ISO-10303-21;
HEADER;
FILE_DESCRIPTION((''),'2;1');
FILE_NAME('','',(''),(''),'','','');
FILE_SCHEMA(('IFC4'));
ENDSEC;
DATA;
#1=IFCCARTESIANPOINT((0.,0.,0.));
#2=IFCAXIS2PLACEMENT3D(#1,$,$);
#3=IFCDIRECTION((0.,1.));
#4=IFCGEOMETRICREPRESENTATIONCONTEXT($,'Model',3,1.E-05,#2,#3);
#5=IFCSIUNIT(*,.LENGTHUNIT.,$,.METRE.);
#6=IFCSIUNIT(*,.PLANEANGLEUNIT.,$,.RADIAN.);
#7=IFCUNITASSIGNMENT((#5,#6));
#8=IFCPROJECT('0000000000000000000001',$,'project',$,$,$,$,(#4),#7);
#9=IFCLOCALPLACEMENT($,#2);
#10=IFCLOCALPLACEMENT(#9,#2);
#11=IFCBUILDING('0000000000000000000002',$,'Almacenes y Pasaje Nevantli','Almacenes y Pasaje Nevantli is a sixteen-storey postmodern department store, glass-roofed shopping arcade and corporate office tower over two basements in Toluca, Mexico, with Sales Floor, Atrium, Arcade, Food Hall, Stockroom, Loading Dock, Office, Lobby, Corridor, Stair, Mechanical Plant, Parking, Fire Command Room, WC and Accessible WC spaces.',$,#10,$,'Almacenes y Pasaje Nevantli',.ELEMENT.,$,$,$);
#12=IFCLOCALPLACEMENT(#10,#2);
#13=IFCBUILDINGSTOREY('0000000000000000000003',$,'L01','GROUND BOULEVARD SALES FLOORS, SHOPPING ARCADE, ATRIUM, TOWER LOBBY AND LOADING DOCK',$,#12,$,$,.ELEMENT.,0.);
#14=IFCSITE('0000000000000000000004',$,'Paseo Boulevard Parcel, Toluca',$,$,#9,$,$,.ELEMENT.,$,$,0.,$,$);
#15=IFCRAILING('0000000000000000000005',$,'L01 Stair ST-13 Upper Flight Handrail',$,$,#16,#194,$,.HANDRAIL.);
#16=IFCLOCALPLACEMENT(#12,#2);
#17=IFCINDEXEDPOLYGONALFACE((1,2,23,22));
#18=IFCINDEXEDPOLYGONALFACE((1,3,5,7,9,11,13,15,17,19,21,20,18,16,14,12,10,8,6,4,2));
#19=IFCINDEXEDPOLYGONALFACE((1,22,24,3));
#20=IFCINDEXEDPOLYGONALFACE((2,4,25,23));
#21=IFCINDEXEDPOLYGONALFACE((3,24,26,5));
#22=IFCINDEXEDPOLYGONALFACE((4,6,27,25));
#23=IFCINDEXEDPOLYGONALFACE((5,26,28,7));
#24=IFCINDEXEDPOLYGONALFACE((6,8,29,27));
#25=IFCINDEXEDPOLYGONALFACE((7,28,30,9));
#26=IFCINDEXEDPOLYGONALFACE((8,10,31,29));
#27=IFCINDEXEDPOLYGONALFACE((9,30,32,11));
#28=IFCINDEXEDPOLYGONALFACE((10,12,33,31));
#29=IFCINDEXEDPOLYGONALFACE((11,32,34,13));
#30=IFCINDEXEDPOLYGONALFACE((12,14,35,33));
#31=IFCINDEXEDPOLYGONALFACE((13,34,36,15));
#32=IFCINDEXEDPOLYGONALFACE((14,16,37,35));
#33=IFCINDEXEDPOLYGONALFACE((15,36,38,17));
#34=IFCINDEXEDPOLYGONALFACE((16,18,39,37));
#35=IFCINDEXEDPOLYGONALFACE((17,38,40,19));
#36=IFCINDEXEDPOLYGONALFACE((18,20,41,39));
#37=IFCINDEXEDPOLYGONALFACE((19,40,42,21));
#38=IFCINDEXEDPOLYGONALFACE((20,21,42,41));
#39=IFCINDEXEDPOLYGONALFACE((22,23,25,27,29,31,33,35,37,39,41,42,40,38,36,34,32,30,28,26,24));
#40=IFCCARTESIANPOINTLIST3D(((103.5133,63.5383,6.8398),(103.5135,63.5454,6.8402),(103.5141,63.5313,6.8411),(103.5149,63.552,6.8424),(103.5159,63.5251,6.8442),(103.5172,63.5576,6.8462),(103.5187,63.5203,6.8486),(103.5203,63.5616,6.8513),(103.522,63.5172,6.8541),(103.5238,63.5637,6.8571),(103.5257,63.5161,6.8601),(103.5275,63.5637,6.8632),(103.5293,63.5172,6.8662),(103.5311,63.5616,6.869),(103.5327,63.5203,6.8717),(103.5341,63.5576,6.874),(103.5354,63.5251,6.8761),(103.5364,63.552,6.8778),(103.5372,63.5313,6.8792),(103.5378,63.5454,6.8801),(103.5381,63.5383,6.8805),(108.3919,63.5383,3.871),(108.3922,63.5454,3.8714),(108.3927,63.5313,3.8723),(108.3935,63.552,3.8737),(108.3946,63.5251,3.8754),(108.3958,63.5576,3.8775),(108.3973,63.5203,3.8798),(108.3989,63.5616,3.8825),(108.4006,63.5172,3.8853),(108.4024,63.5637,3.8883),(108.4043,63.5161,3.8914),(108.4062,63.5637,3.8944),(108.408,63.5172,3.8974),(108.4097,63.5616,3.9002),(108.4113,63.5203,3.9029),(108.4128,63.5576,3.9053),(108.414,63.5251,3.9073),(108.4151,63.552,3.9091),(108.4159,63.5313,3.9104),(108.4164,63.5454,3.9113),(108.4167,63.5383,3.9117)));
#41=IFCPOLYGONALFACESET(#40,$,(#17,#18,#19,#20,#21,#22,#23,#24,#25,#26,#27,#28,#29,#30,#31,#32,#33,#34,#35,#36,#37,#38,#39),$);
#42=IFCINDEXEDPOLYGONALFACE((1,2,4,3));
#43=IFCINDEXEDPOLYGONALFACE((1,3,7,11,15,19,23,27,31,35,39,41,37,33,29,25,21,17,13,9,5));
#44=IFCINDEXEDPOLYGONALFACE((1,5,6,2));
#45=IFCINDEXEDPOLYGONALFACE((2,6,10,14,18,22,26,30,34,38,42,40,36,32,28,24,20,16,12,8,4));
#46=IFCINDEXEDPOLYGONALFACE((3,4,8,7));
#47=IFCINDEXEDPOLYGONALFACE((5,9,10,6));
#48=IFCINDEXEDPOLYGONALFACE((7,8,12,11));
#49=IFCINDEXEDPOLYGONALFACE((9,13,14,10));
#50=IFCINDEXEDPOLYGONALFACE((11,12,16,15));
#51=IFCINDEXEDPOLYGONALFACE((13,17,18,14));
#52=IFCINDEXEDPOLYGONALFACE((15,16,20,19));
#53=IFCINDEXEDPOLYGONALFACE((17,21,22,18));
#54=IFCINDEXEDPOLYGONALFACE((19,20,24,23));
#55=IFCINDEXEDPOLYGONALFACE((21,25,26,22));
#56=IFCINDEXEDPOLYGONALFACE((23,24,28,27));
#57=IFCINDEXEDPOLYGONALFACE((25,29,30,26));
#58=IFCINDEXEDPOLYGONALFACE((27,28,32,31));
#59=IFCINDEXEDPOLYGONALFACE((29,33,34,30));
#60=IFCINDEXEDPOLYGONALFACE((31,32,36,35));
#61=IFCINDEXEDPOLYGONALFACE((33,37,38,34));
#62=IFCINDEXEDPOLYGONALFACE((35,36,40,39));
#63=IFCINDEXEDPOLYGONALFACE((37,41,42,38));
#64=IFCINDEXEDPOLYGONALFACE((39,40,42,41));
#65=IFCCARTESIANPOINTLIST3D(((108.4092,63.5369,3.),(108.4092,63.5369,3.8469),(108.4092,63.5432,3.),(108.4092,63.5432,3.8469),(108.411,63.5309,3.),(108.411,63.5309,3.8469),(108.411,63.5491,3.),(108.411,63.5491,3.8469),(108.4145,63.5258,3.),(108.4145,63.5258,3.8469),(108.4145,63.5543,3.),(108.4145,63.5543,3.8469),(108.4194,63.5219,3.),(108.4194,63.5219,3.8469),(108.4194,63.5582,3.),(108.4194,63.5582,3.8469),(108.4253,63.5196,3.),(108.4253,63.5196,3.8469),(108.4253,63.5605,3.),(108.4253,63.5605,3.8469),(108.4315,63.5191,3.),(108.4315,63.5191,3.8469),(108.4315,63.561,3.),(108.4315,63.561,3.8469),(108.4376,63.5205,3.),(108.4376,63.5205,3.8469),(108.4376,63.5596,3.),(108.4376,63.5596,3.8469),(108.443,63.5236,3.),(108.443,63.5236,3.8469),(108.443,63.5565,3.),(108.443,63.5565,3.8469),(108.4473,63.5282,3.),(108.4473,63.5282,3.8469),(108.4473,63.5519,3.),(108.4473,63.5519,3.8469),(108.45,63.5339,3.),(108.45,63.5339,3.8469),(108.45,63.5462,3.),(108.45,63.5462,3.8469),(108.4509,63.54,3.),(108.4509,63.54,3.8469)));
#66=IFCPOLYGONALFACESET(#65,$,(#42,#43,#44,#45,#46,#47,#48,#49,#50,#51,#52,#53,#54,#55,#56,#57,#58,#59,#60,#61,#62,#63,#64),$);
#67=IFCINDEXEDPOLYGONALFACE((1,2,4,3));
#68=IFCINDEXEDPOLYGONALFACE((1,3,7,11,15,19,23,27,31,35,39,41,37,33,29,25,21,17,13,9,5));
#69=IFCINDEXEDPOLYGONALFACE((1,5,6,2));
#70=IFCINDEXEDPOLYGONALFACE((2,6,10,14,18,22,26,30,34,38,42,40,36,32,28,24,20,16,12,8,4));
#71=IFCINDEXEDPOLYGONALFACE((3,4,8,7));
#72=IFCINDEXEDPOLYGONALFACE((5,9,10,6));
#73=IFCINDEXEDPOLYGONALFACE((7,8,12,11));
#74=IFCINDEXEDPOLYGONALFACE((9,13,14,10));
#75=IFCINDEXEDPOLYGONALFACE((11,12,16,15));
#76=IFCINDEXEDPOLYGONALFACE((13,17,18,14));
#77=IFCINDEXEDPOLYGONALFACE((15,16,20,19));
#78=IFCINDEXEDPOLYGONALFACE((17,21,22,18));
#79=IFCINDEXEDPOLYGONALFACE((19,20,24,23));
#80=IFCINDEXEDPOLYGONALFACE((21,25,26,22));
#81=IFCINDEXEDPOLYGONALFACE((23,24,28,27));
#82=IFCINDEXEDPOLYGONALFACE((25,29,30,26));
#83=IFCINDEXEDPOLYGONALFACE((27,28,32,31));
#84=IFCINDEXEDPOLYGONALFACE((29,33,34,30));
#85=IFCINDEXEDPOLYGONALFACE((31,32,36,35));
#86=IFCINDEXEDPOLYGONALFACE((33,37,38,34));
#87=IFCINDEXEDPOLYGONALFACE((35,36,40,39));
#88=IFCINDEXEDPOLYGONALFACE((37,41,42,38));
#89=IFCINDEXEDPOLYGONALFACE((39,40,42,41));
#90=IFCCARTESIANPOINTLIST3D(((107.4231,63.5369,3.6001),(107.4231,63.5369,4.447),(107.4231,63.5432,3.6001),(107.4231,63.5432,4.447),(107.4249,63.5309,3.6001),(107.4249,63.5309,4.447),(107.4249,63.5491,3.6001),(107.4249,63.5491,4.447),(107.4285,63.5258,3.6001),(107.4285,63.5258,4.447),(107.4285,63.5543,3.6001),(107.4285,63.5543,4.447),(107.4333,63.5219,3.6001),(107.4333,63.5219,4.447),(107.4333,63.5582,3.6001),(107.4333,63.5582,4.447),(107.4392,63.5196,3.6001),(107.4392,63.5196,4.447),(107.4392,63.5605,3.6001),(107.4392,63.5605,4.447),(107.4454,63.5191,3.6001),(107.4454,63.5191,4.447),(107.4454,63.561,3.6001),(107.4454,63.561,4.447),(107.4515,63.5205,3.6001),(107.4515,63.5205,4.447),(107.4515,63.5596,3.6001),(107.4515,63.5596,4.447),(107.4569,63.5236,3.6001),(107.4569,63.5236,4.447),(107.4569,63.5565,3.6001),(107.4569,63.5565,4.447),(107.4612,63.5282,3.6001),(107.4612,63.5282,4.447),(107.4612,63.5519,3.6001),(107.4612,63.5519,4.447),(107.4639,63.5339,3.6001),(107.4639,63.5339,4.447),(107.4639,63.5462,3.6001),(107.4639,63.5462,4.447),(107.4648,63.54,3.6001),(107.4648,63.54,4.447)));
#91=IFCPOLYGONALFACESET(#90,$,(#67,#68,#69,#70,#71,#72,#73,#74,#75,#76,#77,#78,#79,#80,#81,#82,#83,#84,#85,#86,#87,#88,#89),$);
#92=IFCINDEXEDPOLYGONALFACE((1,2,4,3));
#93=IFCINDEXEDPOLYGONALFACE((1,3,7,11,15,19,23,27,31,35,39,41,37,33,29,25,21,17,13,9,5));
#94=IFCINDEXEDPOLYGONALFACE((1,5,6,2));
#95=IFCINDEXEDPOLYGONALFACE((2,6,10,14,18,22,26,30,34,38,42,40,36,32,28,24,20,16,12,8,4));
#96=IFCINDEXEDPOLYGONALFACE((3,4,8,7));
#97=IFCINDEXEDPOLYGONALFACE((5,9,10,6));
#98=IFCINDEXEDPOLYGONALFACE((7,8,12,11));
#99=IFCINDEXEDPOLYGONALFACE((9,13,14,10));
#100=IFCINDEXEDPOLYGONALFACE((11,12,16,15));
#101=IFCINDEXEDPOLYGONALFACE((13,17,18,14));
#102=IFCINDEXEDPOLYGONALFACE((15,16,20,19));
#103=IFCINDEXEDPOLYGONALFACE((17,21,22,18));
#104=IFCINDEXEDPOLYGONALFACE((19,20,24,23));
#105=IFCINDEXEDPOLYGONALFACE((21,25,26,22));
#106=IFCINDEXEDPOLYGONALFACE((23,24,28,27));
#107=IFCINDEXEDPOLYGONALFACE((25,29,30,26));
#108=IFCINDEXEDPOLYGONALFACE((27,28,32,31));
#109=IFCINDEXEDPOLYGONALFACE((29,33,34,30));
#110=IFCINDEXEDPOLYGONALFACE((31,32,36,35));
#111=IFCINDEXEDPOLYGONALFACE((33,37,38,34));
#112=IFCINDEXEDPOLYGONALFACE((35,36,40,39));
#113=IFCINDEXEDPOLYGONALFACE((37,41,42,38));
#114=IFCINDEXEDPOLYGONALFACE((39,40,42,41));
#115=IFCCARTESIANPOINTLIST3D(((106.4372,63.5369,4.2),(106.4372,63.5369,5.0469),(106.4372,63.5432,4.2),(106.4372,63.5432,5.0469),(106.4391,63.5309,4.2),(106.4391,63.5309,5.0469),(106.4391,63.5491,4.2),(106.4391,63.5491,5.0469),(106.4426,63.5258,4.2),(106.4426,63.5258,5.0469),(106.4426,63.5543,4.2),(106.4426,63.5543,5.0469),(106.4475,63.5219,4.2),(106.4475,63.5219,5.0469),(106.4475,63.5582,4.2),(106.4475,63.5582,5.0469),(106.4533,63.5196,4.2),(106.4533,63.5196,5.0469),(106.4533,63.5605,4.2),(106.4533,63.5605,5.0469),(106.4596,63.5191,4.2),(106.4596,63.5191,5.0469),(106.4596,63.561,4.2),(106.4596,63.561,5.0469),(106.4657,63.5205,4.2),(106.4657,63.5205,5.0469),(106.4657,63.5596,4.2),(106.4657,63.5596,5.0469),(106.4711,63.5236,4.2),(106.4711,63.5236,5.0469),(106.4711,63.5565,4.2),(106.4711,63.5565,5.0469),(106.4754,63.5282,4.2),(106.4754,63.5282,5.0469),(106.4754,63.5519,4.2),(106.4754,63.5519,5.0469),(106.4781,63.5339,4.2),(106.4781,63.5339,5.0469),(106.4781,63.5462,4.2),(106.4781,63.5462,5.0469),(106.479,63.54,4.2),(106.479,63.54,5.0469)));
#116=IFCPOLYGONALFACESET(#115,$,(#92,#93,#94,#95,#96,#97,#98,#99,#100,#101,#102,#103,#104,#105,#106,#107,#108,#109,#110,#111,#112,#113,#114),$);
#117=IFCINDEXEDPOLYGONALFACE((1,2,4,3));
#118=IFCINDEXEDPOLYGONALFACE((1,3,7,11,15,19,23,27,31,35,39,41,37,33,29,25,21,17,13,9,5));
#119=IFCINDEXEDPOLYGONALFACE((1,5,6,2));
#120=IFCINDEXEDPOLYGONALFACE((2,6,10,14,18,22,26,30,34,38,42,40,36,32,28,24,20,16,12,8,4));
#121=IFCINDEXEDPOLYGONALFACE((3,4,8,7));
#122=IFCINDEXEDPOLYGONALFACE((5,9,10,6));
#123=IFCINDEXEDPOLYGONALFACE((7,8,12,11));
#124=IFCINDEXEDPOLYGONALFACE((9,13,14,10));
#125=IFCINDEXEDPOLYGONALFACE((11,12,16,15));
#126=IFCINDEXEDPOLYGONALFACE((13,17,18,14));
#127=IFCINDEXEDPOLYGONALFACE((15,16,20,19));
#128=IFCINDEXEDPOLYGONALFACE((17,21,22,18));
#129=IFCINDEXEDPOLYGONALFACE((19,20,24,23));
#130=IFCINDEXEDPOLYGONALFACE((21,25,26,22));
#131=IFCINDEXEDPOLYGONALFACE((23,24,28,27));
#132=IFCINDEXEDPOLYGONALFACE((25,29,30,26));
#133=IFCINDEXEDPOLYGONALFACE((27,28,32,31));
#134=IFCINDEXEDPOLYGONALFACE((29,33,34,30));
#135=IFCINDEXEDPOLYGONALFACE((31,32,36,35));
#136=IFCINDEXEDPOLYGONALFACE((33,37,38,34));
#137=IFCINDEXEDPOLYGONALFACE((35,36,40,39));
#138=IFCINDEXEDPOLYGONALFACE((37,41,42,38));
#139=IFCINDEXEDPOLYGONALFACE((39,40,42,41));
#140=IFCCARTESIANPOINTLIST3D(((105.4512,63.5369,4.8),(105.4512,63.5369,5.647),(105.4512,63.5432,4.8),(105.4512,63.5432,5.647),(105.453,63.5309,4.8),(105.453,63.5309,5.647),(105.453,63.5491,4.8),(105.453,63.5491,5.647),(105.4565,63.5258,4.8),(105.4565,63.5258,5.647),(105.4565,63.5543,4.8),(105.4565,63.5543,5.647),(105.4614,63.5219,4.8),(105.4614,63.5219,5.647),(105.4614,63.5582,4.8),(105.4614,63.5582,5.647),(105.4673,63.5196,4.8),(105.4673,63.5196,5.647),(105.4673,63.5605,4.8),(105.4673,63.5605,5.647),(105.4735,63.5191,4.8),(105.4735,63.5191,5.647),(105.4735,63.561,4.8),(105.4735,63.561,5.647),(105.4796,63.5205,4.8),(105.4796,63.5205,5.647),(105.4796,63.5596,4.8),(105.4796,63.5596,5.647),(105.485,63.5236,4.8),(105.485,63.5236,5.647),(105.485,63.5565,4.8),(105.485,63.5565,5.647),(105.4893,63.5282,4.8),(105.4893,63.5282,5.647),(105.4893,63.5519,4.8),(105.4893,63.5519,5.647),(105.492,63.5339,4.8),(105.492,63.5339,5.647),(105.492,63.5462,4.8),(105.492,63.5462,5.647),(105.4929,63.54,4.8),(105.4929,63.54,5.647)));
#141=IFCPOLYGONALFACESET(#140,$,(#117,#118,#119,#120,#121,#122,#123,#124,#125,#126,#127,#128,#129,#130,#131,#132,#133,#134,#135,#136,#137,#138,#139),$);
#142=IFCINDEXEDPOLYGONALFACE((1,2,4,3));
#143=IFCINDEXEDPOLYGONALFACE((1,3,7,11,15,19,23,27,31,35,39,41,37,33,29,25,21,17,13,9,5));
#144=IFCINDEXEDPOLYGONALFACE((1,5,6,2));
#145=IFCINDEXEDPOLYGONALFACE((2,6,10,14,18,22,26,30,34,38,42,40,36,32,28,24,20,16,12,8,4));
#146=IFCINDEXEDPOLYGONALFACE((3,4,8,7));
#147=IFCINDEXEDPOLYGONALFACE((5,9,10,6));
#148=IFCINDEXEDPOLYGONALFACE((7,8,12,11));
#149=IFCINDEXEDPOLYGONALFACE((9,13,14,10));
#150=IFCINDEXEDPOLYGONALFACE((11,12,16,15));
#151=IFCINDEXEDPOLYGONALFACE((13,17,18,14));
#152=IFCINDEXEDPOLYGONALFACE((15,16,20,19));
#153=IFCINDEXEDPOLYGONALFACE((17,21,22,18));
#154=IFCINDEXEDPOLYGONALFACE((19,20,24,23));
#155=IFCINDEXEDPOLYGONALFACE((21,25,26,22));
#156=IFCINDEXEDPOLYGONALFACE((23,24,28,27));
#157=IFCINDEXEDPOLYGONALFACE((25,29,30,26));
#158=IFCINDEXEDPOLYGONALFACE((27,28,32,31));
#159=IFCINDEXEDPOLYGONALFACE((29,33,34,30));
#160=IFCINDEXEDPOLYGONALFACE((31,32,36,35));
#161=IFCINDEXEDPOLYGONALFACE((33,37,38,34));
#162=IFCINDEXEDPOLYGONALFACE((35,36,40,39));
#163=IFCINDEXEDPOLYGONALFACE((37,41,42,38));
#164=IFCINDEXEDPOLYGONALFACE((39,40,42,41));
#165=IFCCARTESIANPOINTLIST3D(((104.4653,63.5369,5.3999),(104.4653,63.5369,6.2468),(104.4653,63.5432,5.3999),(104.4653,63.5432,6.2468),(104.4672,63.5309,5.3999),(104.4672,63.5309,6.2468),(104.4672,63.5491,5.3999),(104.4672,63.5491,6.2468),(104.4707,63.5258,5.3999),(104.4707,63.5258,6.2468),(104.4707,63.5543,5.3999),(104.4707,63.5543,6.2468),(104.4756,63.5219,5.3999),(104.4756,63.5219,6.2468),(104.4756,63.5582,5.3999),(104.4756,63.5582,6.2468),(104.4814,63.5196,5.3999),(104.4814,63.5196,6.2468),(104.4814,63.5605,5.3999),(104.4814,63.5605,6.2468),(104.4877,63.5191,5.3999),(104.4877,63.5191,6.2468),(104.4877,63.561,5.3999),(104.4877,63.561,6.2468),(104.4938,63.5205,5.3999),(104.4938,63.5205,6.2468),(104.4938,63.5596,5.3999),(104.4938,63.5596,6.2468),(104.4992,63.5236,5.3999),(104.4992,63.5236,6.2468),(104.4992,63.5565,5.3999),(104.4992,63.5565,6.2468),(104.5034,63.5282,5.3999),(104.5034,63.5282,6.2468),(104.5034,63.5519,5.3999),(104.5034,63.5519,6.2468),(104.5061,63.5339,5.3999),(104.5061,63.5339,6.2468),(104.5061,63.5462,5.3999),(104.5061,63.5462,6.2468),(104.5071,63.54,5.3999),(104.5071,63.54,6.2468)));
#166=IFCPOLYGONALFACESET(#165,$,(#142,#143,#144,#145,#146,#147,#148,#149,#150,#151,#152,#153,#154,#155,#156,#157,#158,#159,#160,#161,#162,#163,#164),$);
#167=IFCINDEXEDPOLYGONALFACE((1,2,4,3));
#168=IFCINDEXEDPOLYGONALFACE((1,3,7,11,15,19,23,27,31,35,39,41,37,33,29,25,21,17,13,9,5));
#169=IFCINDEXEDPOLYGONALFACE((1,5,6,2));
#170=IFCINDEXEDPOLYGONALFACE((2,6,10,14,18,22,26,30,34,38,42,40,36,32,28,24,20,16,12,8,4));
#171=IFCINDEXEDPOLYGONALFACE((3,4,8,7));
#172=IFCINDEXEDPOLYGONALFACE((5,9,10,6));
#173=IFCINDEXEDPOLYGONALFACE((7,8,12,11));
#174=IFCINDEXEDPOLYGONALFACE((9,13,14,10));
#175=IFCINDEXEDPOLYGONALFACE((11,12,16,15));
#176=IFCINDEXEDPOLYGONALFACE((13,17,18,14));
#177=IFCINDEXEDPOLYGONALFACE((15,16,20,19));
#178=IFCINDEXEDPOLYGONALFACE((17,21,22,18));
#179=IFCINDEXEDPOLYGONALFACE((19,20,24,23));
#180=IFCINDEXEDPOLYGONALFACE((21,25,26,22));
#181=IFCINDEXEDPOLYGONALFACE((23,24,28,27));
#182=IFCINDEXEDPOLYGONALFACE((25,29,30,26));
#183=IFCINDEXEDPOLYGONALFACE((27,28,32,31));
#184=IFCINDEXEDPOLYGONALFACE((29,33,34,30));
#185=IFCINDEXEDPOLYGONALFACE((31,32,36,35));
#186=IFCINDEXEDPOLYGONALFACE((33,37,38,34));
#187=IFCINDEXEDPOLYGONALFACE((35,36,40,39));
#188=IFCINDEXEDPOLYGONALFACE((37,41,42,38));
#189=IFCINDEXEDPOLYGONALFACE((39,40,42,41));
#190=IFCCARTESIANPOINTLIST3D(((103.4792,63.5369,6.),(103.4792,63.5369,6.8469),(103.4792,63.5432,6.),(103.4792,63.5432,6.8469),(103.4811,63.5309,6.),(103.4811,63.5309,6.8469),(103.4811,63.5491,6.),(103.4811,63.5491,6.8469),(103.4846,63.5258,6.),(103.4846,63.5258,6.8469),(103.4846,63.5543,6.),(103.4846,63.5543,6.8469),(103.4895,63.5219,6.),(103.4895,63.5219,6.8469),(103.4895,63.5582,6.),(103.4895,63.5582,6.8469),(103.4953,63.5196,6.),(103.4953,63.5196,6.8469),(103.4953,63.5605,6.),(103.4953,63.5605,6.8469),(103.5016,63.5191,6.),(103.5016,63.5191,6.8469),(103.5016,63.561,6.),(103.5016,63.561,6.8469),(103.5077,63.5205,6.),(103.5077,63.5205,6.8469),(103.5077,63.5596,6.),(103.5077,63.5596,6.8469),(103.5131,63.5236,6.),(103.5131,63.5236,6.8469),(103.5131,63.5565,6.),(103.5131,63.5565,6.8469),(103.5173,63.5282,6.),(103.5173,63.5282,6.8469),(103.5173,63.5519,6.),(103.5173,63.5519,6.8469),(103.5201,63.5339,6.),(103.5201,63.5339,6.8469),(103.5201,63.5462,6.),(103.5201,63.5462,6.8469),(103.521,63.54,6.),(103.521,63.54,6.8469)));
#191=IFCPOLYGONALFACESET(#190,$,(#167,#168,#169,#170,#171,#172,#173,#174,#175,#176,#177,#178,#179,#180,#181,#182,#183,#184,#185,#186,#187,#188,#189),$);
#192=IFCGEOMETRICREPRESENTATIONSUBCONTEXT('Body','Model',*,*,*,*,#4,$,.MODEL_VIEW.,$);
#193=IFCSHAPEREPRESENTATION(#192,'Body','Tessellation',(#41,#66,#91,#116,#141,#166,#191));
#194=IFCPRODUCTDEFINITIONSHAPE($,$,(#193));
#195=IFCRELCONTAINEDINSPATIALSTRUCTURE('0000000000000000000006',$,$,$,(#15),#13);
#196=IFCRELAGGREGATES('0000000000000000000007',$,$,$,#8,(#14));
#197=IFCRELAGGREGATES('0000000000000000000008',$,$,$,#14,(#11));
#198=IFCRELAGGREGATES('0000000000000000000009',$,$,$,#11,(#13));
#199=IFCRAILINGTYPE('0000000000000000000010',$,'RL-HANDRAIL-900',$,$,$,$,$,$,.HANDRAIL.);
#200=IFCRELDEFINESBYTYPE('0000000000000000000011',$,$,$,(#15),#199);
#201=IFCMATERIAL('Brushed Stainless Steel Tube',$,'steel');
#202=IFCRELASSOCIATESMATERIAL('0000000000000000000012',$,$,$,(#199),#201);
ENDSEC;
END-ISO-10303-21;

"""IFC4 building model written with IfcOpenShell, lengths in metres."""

from ifc_helpers import new_model, si_unit, direction, frame, origin, origin_2d, place, context, subcontext, project, spatial, circle, extrude, material, type_object, element, save


model = new_model("IFC4")

# Units and contexts
model_context = context("Model", 3, precision=1e-05, world=origin(), true_north=direction((0.0, 1.0)))
body_context = subcontext(model_context, "Body", "Model", "MODEL_VIEW")
ifc_project = project(units=[si_unit("LENGTHUNIT", "METRE"), si_unit("PLANEANGLEUNIT", "RADIAN")], contexts=[model_context])

# Site, building, storey
site_placement = place(None, origin())
site = spatial("IfcSite", under=ifc_project, at=site_placement, Name="Paseo Boulevard Parcel, Toluca", CompositionType="ELEMENT", RefElevation=0.0)
building_placement = place(site_placement, origin())
building = spatial("IfcBuilding", under=site, at=building_placement, Name="Almacenes y Pasaje Nevantli", Description="Almacenes y Pasaje Nevantli is a sixteen-storey postmodern department store, glass-roofed shopping arcade and corporate office tower over two basements in Toluca, Mexico, with Sales Floor, Atrium, Arcade, Food Hall, Stockroom, Loading Dock, Office, Lobby, Corridor, Stair, Mechanical Plant, Parking, Fire Command Room, WC and Accessible WC spaces.", LongName="Almacenes y Pasaje Nevantli", CompositionType="ELEMENT")
storey_placement = place(building_placement, origin())
storey = spatial("IfcBuildingStorey", under=building, at=storey_placement, Name="L01", Description="GROUND BOULEVARD SALES FLOORS, SHOPPING ARCADE, ATRIUM, TOWER LOBBY AND LOADING DOCK", CompositionType="ELEMENT", Elevation=0.0)

# Railing
ifc_material_1 = material(Name="Brushed Stainless Steel Tube", Category="steel")
railing_type = type_object("IfcRailingType", Name="RL-HANDRAIL-900", PredefinedType="HANDRAIL", material=ifc_material_1)
railing_placement = place(storey_placement, frame((108.4299, 63.54, 3.0)))
element("IfcRailing", 1, at=railing_placement, inside=storey, type_object=railing_type, Name="L01 Stair ST-13 Upper Flight Handrail", PredefinedType="HANDRAIL", context=body_context, shape_type="SweptSolid", body=[
    extrude(circle(Radius=0.0239, at=origin_2d()), frame((-0.0256, 0.0, 0.8914), z_axis=(-0.854262, 0.0, 0.519842), x_axis=(0.0, -1.0, 0.0)), (0.0, 0.0, 1.0), 5.7109),
    extrude(circle(Radius=0.021, at=origin_2d()), origin(), (0.0, 0.0, 1.0), 0.8469),
    extrude(circle(Radius=0.021, at=origin_2d()), frame((-0.9861, 0.0, 0.6001)), (0.0, 0.0, 1.0), 0.8469),
    extrude(circle(Radius=0.021, at=origin_2d()), frame((-1.9719, 0.0, 1.2)), (0.0, 0.0, 1.0), 0.8469),
    extrude(circle(Radius=0.021, at=origin_2d()), frame((-2.958, 0.0, 1.8)), (0.0, 0.0, 1.0), 0.8469),
    extrude(circle(Radius=0.021, at=origin_2d()), frame((-3.9438, 0.0, 2.3999)), (0.0, 0.0, 1.0), 0.8469),
    extrude(circle(Radius=0.021, at=origin_2d()), frame((-4.9299, 0.0, 3.0)), (0.0, 0.0, 1.0), 0.8469),
])

save(model, "model.ifc")
